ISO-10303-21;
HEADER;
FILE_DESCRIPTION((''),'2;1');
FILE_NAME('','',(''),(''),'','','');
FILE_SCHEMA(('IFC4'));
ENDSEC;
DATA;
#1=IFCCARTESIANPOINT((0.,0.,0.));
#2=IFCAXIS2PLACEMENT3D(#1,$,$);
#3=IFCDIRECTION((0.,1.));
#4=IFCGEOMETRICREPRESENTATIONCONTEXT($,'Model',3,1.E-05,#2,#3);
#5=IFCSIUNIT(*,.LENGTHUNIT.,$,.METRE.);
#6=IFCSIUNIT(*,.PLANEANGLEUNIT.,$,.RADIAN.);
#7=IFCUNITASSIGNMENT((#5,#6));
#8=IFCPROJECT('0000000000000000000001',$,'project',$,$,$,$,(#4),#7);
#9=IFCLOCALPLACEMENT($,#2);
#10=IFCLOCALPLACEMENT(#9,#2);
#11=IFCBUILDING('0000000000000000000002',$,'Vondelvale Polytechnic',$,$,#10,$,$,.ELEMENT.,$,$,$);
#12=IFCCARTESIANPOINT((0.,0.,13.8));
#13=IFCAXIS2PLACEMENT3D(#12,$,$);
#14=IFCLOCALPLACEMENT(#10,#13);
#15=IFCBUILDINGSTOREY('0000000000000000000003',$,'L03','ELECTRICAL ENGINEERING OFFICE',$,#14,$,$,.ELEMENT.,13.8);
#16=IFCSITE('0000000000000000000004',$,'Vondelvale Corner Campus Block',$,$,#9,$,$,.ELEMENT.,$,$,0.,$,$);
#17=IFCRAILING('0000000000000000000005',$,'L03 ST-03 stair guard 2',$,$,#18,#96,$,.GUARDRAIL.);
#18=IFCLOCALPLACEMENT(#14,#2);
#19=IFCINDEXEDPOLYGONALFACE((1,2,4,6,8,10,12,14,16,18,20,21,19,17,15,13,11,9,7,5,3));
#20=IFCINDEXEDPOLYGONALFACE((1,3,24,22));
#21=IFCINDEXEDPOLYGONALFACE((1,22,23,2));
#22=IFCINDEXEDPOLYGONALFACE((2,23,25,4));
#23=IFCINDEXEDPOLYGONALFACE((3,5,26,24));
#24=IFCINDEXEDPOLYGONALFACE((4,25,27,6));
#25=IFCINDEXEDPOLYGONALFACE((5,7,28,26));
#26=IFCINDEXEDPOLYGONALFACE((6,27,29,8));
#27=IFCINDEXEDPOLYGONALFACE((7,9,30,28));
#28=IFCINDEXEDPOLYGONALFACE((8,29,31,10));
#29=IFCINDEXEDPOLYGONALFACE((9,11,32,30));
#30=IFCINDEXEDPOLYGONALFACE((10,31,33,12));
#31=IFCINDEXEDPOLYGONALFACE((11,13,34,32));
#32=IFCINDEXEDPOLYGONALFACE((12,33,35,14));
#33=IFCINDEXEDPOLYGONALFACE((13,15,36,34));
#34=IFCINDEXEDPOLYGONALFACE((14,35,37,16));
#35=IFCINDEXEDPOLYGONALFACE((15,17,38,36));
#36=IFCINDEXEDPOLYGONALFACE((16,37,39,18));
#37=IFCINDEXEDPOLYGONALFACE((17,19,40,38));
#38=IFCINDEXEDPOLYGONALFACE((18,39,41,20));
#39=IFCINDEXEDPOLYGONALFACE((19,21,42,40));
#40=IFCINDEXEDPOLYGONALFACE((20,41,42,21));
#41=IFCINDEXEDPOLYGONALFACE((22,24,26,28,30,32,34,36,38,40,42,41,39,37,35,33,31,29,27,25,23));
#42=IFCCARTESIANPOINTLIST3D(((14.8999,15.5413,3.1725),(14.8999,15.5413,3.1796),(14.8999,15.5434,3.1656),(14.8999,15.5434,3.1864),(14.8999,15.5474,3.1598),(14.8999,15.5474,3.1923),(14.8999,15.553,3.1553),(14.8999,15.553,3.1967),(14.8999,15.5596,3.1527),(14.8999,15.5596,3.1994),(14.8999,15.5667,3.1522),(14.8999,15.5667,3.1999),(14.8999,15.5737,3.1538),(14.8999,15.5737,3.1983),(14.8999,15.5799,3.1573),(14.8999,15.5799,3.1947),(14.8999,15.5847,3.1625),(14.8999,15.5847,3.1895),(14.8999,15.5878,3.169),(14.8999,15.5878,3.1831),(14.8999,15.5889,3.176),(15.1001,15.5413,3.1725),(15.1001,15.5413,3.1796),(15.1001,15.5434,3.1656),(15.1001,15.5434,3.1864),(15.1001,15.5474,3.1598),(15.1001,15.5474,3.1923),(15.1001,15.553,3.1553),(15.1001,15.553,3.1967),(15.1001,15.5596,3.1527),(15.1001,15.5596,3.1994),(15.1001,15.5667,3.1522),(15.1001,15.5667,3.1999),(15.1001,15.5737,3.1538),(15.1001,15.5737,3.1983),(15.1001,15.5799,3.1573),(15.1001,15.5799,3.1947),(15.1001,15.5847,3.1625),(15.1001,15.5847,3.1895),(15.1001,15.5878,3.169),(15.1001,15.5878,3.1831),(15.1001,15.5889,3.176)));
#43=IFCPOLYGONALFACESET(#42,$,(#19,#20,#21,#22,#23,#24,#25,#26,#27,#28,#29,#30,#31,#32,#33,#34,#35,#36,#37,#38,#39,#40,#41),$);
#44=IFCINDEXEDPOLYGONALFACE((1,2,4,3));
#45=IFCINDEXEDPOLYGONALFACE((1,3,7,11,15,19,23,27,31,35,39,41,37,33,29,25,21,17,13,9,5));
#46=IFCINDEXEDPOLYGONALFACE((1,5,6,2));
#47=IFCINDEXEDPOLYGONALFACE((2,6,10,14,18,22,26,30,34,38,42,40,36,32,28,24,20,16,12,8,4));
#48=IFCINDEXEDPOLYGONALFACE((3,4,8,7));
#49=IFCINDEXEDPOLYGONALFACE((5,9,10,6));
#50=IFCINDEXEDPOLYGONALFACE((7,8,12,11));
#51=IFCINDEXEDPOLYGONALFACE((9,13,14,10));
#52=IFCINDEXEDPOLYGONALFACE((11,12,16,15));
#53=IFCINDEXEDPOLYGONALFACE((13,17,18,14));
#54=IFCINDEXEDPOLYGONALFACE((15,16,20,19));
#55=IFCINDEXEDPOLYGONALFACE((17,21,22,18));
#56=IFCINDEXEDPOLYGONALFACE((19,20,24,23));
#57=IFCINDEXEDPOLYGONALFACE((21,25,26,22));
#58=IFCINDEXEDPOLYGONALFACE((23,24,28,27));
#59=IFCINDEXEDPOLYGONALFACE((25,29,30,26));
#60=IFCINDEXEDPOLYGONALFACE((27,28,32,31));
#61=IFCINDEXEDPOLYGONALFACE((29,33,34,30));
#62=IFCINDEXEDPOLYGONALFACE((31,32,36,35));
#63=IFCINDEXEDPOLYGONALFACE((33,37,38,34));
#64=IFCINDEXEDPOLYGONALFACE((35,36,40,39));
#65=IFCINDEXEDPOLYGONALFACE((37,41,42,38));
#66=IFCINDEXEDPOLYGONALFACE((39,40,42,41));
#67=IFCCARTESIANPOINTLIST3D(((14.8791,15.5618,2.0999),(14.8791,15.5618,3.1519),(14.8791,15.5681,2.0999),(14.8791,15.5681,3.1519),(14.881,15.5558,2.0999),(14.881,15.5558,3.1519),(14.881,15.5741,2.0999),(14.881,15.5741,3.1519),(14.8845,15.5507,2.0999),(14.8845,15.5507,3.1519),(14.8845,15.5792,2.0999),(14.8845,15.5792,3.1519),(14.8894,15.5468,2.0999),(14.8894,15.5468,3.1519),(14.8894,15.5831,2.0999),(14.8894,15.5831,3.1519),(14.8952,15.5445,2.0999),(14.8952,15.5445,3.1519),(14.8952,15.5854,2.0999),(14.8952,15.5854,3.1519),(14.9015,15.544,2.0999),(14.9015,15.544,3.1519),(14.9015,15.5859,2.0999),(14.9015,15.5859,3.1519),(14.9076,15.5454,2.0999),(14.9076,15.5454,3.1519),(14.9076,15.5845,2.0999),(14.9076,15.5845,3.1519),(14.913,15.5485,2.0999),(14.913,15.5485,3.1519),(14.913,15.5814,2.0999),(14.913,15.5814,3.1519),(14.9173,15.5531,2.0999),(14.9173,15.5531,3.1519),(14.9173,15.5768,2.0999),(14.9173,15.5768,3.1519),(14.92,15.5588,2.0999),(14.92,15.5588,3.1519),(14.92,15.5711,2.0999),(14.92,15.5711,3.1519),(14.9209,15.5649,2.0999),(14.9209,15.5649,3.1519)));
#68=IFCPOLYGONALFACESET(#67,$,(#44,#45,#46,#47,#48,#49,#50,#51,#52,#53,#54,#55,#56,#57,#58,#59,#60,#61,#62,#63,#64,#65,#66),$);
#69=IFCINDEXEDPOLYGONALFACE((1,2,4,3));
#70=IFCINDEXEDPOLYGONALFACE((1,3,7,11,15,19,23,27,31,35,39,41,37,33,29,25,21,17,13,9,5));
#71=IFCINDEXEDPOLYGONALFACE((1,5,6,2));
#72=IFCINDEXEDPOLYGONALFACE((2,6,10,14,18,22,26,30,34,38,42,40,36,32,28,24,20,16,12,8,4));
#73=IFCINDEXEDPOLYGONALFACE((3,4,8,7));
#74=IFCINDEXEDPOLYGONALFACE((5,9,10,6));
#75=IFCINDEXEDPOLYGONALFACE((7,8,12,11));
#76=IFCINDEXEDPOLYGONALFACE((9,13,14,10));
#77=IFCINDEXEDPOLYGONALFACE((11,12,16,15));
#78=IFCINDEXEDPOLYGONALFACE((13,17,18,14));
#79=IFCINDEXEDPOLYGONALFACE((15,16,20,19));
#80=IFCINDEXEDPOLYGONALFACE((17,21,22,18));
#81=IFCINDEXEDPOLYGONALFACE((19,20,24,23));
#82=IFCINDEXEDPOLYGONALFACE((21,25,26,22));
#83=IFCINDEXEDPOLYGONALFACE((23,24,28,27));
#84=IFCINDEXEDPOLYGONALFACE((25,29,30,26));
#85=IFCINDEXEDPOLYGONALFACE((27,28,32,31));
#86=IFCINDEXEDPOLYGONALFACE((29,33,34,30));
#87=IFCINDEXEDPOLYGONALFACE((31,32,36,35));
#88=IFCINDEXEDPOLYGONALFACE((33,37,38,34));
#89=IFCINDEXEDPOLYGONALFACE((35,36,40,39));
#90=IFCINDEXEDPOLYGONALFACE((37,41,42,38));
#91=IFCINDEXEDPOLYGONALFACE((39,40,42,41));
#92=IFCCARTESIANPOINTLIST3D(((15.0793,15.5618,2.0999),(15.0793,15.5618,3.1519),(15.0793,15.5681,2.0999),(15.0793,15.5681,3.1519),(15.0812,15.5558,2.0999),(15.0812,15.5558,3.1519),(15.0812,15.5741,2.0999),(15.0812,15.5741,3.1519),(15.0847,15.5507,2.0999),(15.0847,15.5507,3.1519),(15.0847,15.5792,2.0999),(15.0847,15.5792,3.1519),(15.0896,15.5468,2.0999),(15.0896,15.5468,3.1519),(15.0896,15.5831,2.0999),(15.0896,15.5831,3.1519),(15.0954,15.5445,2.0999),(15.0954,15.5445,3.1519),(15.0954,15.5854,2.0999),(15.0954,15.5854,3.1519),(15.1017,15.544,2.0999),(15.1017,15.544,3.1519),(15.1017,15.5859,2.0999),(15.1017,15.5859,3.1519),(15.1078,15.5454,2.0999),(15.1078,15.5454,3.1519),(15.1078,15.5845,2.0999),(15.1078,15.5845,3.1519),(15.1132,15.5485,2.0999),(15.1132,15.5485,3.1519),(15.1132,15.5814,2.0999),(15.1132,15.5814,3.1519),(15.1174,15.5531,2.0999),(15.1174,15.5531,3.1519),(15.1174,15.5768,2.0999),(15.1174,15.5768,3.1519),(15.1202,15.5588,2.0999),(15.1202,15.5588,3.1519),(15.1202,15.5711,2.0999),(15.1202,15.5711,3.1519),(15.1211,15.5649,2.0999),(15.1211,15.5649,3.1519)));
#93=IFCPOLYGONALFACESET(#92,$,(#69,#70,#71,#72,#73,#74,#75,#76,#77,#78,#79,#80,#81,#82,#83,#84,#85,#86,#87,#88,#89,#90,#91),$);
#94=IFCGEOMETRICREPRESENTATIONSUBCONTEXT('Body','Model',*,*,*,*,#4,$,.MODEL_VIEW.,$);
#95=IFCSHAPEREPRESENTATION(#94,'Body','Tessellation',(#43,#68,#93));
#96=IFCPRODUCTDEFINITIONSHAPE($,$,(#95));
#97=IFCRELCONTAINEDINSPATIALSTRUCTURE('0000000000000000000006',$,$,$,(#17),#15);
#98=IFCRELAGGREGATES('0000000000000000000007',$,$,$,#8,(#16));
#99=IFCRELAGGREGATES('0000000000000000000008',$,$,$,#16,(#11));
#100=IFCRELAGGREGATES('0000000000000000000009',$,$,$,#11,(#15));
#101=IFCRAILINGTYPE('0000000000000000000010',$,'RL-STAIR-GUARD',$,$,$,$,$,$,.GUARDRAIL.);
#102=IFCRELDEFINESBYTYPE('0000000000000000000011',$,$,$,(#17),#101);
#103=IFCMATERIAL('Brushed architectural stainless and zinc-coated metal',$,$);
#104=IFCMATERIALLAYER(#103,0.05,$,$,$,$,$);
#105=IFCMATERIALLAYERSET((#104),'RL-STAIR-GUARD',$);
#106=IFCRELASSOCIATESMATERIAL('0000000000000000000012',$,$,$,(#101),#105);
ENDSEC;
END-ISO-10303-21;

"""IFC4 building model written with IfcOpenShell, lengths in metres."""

from ifc_helpers import new_model, si_unit, direction, frame, origin, origin_2d, place, context, subcontext, project, spatial, circle, extrude, material, layer, layer_set, type_object, element, save


model = new_model("IFC4")

# Units and contexts
model_context = context("Model", 3, precision=1e-05, world=origin(), true_north=direction((0.0, 1.0)))
body_context = subcontext(model_context, "Body", "Model", "MODEL_VIEW")
ifc_project = project(units=[si_unit("LENGTHUNIT", "METRE"), si_unit("PLANEANGLEUNIT", "RADIAN")], contexts=[model_context])

# Site, building, storey
site_placement = place(None, origin())
site = spatial("IfcSite", under=ifc_project, at=site_placement, Name="Vondelvale Corner Campus Block", CompositionType="ELEMENT", RefElevation=0.0)
building_placement = place(site_placement, origin())
building = spatial("IfcBuilding", under=site, at=building_placement, Name="Vondelvale Polytechnic", CompositionType="ELEMENT")
storey_placement = place(building_placement, frame((0.0, 0.0, 13.8)))
storey = spatial("IfcBuildingStorey", under=building, at=storey_placement, Name="L03", Description="ELECTRICAL ENGINEERING OFFICE", CompositionType="ELEMENT", Elevation=13.8)

# Shared definitions
ifc_material_1 = material(Name="Brushed architectural stainless and zinc-coated metal")

# Railing
ifc_layer_1 = layer(ifc_material_1, 0.05)
ifc_layer_set_1 = layer_set([ifc_layer_1], Name="RL-STAIR-GUARD")
railing_type_1 = type_object("IfcRailingType", Name="RL-STAIR-GUARD", PredefinedType="GUARDRAIL", material=ifc_layer_set_1)
railing_1_placement = place(storey_placement, frame((14.8999, 15.5649, 2.0999)))
element("IfcRailing", 1, at=railing_1_placement, inside=storey, type_object=railing_type_1, Name="L03 ST-03 stair guard 2", PredefinedType="GUARDRAIL", context=body_context, shape_type="SweptSolid", body=[
    extrude(circle(Radius=0.0239, at=origin_2d()), frame((0.0, 0.0, 1.0762), z_axis=(1.0, 0.0, 0.0), x_axis=(0.0, 1.0, 0.0)), (0.0, 0.0, 1.0), 0.2002),
    extrude(circle(Radius=0.021, at=origin_2d()), origin(), (0.0, 0.0, 1.0), 1.052),
    extrude(circle(Radius=0.021, at=origin_2d()), frame((0.2002, 0.0, 0.0)), (0.0, 0.0, 1.0), 1.052),
])

save(model, "model.ifc")
